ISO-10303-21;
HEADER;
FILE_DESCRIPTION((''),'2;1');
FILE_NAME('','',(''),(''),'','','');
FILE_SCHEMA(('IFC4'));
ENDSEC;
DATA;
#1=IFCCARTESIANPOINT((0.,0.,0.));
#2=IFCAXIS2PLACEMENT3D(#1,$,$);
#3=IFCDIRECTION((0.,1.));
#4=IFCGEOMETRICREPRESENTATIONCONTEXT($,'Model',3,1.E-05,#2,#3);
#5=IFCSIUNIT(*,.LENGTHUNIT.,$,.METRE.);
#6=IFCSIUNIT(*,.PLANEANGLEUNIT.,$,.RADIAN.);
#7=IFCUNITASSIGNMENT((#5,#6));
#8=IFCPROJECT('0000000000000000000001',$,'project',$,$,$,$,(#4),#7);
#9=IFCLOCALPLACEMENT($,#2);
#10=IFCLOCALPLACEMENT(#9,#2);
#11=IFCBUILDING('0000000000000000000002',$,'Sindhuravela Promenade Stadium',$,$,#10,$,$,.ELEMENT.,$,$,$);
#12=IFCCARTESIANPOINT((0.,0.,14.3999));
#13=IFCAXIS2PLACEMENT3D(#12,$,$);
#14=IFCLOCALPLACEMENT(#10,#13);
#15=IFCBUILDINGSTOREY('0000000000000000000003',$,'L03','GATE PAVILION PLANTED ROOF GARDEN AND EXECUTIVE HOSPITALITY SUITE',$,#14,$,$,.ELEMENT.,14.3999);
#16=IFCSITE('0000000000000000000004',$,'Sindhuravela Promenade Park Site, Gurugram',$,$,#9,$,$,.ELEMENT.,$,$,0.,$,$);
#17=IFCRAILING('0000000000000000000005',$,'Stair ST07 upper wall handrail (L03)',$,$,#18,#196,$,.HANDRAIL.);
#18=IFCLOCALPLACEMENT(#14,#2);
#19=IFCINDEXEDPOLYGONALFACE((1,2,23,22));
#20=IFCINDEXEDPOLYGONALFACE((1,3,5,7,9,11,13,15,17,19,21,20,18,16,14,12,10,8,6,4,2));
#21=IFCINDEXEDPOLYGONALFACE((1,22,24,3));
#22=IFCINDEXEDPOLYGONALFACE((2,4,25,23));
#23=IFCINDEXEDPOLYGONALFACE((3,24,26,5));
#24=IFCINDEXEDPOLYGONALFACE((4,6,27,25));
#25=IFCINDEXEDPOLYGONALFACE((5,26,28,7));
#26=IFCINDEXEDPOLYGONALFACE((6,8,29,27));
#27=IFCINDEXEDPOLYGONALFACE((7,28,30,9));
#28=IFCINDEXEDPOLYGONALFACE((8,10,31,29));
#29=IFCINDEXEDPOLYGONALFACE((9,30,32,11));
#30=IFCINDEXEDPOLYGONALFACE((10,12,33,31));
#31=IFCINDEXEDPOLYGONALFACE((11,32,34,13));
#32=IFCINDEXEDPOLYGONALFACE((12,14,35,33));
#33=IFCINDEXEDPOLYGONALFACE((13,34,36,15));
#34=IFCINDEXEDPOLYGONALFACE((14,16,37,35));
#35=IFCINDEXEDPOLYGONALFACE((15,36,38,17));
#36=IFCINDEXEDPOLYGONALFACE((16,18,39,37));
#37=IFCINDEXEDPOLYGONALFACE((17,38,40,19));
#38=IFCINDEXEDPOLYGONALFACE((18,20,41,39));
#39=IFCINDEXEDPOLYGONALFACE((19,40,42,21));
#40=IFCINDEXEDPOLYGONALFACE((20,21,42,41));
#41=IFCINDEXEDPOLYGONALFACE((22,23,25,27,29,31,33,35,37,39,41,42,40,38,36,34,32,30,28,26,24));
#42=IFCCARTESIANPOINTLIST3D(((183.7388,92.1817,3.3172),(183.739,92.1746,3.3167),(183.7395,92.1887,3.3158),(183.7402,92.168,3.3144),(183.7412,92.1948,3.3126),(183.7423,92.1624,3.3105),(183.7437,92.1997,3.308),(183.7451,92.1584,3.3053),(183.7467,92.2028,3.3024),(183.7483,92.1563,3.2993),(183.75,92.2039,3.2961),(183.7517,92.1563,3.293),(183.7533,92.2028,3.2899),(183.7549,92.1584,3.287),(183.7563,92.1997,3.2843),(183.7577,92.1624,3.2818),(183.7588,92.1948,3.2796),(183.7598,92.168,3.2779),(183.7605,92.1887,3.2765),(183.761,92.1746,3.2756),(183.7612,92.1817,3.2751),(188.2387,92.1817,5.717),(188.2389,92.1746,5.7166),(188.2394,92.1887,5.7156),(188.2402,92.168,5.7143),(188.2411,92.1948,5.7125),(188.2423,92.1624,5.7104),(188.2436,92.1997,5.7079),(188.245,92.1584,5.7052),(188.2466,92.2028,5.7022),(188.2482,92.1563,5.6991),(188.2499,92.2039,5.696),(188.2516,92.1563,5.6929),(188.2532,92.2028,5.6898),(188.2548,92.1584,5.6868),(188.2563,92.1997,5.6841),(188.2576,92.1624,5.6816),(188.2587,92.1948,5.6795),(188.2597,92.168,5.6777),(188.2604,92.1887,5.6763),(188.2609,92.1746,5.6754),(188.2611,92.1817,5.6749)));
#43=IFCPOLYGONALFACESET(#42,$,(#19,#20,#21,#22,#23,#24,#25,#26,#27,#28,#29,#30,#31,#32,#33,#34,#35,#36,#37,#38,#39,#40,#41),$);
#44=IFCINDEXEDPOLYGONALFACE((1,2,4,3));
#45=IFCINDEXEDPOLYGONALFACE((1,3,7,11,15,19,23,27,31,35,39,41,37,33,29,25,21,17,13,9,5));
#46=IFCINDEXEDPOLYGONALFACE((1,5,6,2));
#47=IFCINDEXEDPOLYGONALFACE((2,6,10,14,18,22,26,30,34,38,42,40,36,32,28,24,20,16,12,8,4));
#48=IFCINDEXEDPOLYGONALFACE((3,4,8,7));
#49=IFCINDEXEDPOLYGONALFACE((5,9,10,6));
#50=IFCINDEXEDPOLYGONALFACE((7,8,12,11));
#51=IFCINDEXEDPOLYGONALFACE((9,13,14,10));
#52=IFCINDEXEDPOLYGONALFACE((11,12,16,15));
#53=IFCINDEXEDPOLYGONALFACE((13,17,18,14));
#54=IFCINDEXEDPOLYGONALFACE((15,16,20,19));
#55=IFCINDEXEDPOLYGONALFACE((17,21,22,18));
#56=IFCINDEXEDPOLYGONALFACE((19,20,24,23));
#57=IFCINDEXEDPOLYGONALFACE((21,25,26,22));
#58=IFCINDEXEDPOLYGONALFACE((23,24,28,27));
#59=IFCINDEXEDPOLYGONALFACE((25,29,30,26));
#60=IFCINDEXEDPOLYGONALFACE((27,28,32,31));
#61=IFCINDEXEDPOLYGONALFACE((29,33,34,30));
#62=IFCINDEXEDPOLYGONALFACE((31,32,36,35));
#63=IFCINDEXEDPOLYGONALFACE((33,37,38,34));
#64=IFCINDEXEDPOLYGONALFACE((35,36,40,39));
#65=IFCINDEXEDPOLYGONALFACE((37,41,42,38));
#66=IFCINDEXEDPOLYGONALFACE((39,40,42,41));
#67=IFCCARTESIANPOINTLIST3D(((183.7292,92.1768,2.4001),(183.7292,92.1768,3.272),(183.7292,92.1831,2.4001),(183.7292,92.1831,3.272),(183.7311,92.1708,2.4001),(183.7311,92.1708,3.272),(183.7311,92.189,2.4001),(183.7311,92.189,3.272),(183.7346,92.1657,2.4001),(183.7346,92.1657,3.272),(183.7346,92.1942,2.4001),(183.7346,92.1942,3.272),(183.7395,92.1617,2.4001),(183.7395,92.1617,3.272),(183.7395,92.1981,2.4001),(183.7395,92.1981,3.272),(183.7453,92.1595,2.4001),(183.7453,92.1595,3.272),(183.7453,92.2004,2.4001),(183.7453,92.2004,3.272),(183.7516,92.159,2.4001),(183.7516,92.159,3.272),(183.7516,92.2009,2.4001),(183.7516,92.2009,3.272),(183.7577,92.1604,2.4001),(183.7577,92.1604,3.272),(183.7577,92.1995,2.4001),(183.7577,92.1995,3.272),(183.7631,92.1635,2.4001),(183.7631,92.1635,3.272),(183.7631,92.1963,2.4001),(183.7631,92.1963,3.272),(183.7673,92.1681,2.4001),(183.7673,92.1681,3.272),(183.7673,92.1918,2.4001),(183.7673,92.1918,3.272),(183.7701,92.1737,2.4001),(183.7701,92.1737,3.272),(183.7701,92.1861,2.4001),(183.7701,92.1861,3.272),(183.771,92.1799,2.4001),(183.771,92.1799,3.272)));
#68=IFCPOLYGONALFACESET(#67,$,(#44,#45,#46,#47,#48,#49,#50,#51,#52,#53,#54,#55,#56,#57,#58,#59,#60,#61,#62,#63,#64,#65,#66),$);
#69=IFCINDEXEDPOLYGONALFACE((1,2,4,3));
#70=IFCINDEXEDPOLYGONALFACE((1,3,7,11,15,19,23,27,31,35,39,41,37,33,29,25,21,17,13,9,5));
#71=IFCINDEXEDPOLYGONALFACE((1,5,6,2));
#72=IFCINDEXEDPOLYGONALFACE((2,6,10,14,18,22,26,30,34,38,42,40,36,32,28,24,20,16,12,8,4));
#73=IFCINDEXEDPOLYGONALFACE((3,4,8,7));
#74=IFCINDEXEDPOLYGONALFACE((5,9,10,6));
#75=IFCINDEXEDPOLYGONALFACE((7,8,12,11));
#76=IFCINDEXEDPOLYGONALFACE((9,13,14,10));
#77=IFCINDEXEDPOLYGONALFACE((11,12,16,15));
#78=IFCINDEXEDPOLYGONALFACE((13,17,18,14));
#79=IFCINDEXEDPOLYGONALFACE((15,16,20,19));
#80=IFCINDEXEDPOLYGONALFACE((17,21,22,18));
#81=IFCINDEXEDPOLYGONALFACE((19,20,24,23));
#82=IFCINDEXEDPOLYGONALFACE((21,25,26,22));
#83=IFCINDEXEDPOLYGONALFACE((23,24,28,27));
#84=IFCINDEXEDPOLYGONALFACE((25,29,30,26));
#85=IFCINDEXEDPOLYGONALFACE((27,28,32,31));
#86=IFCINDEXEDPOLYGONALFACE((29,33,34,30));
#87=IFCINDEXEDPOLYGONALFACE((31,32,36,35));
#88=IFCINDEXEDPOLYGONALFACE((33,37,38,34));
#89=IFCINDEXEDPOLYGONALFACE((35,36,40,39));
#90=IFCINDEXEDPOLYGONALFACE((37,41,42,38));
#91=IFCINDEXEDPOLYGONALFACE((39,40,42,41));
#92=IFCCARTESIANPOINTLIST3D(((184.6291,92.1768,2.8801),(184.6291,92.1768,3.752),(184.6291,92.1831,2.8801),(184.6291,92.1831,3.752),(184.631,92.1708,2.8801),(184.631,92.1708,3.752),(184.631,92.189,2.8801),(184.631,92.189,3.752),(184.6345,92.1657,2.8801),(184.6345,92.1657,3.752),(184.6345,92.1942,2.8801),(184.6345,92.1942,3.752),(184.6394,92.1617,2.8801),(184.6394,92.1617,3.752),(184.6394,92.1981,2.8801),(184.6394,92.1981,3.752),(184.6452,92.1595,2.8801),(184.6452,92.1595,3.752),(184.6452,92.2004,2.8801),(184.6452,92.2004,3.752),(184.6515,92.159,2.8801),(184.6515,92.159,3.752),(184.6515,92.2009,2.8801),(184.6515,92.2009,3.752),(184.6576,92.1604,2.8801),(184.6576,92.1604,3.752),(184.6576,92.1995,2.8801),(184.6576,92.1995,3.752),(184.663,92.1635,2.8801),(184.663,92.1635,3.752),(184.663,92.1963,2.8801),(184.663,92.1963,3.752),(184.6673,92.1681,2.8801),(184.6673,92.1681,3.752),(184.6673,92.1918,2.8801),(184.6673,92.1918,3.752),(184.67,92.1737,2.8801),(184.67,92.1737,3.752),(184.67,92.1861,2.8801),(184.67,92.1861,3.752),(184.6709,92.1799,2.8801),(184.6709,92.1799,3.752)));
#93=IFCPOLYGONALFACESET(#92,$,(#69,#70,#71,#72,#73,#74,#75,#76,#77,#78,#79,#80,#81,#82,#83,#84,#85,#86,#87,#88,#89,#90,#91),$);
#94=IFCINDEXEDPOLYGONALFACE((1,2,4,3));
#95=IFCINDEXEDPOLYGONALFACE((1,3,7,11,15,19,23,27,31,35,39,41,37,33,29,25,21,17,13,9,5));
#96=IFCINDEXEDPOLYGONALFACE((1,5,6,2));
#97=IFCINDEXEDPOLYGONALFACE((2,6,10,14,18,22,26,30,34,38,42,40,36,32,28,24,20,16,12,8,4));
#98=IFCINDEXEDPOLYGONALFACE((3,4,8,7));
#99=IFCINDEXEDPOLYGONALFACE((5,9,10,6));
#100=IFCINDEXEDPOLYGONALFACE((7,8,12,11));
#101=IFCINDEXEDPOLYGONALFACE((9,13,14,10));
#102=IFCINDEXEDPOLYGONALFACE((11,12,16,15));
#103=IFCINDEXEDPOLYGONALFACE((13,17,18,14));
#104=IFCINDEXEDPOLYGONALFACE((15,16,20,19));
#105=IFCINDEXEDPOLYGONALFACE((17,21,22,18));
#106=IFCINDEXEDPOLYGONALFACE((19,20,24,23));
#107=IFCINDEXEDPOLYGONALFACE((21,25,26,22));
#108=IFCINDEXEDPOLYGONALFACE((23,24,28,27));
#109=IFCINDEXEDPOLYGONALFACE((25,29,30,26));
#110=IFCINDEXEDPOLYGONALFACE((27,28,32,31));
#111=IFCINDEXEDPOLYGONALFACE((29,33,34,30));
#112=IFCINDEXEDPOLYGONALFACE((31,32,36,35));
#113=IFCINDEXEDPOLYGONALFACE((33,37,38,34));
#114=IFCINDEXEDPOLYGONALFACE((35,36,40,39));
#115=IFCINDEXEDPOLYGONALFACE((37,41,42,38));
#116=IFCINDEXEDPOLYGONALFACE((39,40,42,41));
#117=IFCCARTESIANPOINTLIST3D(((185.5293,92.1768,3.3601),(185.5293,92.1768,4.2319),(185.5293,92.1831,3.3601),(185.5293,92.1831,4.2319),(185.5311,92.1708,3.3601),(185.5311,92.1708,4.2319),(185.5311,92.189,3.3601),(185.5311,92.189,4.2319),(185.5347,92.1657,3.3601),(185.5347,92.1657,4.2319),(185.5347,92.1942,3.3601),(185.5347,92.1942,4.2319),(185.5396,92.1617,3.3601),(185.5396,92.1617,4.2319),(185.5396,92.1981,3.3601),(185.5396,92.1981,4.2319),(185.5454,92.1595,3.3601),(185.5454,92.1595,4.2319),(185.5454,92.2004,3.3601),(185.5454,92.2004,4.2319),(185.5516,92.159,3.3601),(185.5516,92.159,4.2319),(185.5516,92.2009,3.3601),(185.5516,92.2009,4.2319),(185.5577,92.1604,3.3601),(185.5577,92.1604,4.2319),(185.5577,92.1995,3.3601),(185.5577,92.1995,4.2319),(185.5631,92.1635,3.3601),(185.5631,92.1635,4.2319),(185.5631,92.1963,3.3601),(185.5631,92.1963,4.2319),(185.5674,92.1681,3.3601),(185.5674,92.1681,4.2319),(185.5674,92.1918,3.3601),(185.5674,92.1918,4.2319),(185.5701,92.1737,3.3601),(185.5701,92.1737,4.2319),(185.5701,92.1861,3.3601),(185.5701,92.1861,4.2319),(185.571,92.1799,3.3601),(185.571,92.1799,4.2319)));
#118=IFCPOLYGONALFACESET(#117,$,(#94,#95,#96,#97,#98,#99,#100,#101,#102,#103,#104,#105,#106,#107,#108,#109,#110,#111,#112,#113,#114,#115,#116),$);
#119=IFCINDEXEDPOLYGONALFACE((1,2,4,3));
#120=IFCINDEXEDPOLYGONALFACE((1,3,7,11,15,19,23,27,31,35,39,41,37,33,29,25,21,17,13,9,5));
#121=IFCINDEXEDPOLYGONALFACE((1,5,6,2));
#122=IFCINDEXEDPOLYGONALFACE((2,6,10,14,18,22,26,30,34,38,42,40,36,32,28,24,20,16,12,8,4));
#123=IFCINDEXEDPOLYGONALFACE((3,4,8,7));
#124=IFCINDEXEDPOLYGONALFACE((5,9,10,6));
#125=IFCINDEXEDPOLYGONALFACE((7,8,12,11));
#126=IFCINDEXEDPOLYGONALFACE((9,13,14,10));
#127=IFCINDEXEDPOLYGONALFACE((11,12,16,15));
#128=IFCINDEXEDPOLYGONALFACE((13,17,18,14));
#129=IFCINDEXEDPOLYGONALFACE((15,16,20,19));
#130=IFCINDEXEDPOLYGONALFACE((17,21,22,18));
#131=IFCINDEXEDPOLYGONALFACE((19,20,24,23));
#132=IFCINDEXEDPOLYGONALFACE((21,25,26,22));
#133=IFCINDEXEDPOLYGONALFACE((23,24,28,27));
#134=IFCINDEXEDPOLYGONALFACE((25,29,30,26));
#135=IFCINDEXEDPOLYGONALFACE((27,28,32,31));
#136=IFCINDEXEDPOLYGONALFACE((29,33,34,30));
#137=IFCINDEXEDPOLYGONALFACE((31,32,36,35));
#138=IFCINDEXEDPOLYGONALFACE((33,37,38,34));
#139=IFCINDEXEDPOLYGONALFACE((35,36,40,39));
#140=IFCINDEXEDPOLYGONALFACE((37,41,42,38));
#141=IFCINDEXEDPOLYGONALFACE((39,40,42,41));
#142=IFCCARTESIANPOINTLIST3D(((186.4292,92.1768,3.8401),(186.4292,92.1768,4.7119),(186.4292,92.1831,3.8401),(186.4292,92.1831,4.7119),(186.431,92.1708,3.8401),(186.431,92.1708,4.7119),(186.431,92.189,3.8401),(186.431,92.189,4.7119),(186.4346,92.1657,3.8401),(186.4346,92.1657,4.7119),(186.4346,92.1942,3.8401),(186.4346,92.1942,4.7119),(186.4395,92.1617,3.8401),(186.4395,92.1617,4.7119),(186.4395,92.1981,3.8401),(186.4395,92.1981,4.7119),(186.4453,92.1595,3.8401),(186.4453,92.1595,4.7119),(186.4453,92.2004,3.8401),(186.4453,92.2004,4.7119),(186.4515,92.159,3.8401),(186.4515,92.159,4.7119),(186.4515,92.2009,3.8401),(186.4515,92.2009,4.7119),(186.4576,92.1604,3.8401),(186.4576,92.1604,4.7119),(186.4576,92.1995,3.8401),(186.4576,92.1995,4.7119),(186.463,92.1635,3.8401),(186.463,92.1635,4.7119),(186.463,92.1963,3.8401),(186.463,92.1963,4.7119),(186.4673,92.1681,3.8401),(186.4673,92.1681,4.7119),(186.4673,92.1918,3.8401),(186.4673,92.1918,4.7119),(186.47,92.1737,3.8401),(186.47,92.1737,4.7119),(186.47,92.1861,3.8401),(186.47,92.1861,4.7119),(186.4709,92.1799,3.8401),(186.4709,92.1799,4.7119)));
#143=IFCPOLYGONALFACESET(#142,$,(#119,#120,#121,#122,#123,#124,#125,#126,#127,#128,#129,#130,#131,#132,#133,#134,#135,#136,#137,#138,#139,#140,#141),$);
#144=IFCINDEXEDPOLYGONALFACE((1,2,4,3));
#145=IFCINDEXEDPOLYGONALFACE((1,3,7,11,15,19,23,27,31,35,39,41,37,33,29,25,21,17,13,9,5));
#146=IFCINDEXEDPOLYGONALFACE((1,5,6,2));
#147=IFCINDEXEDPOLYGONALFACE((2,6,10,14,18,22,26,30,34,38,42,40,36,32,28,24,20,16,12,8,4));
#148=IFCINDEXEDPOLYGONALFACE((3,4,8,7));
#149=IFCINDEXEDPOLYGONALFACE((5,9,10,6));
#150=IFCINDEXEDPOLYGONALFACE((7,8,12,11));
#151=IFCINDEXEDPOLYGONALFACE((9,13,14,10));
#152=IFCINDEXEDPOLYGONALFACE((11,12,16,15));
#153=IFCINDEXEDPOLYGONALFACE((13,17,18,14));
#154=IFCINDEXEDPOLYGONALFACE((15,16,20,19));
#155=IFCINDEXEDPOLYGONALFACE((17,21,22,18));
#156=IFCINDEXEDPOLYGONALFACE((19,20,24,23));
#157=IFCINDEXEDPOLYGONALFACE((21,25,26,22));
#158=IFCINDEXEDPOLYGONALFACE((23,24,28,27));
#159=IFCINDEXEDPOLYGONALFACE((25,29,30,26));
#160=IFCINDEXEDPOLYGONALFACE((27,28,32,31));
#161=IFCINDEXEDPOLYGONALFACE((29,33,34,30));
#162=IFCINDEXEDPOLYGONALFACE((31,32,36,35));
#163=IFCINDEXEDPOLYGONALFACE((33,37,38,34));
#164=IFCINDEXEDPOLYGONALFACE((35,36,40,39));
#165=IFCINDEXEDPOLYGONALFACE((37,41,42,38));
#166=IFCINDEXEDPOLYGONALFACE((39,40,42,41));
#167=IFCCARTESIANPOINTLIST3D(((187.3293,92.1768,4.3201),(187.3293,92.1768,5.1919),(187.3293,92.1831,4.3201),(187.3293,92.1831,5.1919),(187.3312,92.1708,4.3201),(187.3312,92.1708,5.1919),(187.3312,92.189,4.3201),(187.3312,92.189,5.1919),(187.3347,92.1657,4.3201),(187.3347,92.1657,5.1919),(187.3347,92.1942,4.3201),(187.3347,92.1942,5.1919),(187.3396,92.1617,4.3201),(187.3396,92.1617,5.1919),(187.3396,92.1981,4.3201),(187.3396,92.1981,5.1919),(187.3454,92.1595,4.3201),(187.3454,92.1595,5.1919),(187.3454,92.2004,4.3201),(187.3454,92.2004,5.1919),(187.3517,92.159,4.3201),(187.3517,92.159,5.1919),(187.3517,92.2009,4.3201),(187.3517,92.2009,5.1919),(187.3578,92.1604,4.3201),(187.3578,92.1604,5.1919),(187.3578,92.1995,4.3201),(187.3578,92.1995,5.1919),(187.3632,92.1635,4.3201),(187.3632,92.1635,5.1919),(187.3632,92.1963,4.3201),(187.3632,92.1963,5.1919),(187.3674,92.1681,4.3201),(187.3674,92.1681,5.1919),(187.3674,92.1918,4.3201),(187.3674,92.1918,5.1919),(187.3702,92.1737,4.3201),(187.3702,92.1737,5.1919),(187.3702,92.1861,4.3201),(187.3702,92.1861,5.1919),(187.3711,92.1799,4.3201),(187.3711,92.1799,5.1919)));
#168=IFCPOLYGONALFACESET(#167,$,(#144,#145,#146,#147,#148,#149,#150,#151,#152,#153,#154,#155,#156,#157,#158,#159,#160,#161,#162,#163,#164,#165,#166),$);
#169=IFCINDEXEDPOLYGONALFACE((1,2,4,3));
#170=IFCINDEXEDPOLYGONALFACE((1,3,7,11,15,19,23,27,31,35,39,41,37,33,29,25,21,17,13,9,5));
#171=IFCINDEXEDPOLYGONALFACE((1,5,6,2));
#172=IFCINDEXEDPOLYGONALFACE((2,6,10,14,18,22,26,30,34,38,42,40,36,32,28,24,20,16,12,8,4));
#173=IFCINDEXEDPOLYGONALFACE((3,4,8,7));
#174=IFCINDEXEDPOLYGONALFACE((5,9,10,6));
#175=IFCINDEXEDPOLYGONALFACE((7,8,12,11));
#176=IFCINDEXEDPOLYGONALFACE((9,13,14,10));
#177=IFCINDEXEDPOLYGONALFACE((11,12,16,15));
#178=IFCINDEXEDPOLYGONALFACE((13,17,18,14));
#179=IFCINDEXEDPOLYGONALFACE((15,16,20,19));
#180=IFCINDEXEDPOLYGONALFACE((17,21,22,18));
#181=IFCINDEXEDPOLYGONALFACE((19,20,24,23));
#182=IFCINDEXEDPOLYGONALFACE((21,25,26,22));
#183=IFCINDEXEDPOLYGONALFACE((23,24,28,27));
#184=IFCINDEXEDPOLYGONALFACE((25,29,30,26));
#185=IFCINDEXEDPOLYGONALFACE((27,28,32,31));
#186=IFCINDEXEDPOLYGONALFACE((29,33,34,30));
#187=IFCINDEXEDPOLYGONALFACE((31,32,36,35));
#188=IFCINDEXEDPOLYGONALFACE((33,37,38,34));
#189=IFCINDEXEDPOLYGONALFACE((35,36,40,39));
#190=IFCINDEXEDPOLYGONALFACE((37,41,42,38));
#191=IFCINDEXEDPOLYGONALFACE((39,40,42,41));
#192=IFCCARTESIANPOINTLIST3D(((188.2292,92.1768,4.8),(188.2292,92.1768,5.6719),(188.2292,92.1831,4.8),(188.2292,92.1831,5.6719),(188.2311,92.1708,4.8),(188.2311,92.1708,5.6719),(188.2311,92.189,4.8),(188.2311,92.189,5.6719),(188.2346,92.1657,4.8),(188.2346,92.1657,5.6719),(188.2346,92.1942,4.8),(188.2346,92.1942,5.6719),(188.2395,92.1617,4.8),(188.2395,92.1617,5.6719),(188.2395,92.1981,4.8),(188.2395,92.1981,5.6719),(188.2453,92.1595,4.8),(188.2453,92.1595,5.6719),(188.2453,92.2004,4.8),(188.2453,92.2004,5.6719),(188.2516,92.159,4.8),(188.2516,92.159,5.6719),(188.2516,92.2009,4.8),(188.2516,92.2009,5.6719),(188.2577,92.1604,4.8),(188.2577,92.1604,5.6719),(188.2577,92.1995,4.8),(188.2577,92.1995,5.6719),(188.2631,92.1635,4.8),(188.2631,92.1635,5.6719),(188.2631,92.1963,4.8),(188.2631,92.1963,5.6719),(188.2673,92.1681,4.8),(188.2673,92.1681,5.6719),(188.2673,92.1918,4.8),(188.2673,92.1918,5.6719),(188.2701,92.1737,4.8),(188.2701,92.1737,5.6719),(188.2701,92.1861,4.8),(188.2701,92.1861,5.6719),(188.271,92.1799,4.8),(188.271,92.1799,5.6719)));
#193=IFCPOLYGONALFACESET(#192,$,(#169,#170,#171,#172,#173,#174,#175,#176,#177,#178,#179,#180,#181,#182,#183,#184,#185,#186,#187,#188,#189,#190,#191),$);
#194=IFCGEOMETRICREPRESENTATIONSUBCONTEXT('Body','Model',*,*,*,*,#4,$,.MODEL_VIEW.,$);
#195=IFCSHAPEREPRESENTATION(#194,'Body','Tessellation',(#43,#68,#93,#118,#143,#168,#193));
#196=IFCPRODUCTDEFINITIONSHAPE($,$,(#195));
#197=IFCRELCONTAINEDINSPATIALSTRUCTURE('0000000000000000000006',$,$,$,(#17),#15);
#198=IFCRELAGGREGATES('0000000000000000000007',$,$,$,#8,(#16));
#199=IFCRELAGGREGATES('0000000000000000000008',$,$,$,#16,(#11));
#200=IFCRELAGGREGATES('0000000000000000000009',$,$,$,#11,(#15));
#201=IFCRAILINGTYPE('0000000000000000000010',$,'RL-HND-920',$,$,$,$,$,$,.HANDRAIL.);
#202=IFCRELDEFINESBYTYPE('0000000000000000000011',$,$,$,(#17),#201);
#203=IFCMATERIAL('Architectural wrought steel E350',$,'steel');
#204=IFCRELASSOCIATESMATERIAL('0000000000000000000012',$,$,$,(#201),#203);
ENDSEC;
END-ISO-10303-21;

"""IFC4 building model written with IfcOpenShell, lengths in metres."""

from ifc_helpers import new_model, si_unit, direction, frame, origin, origin_2d, place, context, subcontext, project, spatial, circle, extrude, material, type_object, element, save


model = new_model("IFC4")

# Units and contexts
model_context = context("Model", 3, precision=1e-05, world=origin(), true_north=direction((0.0, 1.0)))
body_context = subcontext(model_context, "Body", "Model", "MODEL_VIEW")
ifc_project = project(units=[si_unit("LENGTHUNIT", "METRE"), si_unit("PLANEANGLEUNIT", "RADIAN")], contexts=[model_context])

# Site, building, storey
site_placement = place(None, origin())
site = spatial("IfcSite", under=ifc_project, at=site_placement, Name="Sindhuravela Promenade Park Site, Gurugram", CompositionType="ELEMENT", RefElevation=0.0)
building_placement = place(site_placement, origin())
building = spatial("IfcBuilding", under=site, at=building_placement, Name="Sindhuravela Promenade Stadium", CompositionType="ELEMENT")
storey_placement = place(building_placement, frame((0.0, 0.0, 14.3999)))
storey = spatial("IfcBuildingStorey", under=building, at=storey_placement, Name="L03", Description="GATE PAVILION PLANTED ROOF GARDEN AND EXECUTIVE HOSPITALITY SUITE", CompositionType="ELEMENT", Elevation=14.3999)

# Shared definitions
ifc_material_1 = material(Name="Architectural wrought steel E350", Category="steel")

# Railing
railing_type_1 = type_object("IfcRailingType", Name="RL-HND-920", PredefinedType="HANDRAIL", material=ifc_material_1)
railing_1_placement = place(storey_placement, frame((183.75, 92.1799, 2.4001)))
element("IfcRailing", 1, at=railing_1_placement, inside=storey, type_object=railing_type_1, Name="Stair ST07 upper wall handrail (L03)", PredefinedType="HANDRAIL", context=body_context, shape_type="SweptSolid", body=[
    extrude(circle(Radius=0.0239, at=origin_2d()), frame((0.0, 0.0, 0.896), z_axis=(0.882361, 0.0, 0.470573), x_axis=(0.0, 1.0, 0.0)), (0.0, 0.0, 1.0), 5.0999),
    extrude(circle(Radius=0.021, at=origin_2d()), origin(), (0.0, 0.0, 1.0), 0.8718),
    extrude(circle(Radius=0.021, at=origin_2d()), frame((0.8999, 0.0, 0.48)), (0.0, 0.0, 1.0), 0.8718),
    extrude(circle(Radius=0.021, at=origin_2d()), frame((1.8, 0.0, 0.96)), (0.0, 0.0, 1.0), 0.8718),
    extrude(circle(Radius=0.021, at=origin_2d()), frame((2.7, 0.0, 1.4399)), (0.0, 0.0, 1.0), 0.8718),
    extrude(circle(Radius=0.021, at=origin_2d()), frame((3.6001, 0.0, 1.9199)), (0.0, 0.0, 1.0), 0.8718),
    extrude(circle(Radius=0.021, at=origin_2d()), frame((4.5, 0.0, 2.3999)), (0.0, 0.0, 1.0), 0.8718),
])

save(model, "model.ifc")
